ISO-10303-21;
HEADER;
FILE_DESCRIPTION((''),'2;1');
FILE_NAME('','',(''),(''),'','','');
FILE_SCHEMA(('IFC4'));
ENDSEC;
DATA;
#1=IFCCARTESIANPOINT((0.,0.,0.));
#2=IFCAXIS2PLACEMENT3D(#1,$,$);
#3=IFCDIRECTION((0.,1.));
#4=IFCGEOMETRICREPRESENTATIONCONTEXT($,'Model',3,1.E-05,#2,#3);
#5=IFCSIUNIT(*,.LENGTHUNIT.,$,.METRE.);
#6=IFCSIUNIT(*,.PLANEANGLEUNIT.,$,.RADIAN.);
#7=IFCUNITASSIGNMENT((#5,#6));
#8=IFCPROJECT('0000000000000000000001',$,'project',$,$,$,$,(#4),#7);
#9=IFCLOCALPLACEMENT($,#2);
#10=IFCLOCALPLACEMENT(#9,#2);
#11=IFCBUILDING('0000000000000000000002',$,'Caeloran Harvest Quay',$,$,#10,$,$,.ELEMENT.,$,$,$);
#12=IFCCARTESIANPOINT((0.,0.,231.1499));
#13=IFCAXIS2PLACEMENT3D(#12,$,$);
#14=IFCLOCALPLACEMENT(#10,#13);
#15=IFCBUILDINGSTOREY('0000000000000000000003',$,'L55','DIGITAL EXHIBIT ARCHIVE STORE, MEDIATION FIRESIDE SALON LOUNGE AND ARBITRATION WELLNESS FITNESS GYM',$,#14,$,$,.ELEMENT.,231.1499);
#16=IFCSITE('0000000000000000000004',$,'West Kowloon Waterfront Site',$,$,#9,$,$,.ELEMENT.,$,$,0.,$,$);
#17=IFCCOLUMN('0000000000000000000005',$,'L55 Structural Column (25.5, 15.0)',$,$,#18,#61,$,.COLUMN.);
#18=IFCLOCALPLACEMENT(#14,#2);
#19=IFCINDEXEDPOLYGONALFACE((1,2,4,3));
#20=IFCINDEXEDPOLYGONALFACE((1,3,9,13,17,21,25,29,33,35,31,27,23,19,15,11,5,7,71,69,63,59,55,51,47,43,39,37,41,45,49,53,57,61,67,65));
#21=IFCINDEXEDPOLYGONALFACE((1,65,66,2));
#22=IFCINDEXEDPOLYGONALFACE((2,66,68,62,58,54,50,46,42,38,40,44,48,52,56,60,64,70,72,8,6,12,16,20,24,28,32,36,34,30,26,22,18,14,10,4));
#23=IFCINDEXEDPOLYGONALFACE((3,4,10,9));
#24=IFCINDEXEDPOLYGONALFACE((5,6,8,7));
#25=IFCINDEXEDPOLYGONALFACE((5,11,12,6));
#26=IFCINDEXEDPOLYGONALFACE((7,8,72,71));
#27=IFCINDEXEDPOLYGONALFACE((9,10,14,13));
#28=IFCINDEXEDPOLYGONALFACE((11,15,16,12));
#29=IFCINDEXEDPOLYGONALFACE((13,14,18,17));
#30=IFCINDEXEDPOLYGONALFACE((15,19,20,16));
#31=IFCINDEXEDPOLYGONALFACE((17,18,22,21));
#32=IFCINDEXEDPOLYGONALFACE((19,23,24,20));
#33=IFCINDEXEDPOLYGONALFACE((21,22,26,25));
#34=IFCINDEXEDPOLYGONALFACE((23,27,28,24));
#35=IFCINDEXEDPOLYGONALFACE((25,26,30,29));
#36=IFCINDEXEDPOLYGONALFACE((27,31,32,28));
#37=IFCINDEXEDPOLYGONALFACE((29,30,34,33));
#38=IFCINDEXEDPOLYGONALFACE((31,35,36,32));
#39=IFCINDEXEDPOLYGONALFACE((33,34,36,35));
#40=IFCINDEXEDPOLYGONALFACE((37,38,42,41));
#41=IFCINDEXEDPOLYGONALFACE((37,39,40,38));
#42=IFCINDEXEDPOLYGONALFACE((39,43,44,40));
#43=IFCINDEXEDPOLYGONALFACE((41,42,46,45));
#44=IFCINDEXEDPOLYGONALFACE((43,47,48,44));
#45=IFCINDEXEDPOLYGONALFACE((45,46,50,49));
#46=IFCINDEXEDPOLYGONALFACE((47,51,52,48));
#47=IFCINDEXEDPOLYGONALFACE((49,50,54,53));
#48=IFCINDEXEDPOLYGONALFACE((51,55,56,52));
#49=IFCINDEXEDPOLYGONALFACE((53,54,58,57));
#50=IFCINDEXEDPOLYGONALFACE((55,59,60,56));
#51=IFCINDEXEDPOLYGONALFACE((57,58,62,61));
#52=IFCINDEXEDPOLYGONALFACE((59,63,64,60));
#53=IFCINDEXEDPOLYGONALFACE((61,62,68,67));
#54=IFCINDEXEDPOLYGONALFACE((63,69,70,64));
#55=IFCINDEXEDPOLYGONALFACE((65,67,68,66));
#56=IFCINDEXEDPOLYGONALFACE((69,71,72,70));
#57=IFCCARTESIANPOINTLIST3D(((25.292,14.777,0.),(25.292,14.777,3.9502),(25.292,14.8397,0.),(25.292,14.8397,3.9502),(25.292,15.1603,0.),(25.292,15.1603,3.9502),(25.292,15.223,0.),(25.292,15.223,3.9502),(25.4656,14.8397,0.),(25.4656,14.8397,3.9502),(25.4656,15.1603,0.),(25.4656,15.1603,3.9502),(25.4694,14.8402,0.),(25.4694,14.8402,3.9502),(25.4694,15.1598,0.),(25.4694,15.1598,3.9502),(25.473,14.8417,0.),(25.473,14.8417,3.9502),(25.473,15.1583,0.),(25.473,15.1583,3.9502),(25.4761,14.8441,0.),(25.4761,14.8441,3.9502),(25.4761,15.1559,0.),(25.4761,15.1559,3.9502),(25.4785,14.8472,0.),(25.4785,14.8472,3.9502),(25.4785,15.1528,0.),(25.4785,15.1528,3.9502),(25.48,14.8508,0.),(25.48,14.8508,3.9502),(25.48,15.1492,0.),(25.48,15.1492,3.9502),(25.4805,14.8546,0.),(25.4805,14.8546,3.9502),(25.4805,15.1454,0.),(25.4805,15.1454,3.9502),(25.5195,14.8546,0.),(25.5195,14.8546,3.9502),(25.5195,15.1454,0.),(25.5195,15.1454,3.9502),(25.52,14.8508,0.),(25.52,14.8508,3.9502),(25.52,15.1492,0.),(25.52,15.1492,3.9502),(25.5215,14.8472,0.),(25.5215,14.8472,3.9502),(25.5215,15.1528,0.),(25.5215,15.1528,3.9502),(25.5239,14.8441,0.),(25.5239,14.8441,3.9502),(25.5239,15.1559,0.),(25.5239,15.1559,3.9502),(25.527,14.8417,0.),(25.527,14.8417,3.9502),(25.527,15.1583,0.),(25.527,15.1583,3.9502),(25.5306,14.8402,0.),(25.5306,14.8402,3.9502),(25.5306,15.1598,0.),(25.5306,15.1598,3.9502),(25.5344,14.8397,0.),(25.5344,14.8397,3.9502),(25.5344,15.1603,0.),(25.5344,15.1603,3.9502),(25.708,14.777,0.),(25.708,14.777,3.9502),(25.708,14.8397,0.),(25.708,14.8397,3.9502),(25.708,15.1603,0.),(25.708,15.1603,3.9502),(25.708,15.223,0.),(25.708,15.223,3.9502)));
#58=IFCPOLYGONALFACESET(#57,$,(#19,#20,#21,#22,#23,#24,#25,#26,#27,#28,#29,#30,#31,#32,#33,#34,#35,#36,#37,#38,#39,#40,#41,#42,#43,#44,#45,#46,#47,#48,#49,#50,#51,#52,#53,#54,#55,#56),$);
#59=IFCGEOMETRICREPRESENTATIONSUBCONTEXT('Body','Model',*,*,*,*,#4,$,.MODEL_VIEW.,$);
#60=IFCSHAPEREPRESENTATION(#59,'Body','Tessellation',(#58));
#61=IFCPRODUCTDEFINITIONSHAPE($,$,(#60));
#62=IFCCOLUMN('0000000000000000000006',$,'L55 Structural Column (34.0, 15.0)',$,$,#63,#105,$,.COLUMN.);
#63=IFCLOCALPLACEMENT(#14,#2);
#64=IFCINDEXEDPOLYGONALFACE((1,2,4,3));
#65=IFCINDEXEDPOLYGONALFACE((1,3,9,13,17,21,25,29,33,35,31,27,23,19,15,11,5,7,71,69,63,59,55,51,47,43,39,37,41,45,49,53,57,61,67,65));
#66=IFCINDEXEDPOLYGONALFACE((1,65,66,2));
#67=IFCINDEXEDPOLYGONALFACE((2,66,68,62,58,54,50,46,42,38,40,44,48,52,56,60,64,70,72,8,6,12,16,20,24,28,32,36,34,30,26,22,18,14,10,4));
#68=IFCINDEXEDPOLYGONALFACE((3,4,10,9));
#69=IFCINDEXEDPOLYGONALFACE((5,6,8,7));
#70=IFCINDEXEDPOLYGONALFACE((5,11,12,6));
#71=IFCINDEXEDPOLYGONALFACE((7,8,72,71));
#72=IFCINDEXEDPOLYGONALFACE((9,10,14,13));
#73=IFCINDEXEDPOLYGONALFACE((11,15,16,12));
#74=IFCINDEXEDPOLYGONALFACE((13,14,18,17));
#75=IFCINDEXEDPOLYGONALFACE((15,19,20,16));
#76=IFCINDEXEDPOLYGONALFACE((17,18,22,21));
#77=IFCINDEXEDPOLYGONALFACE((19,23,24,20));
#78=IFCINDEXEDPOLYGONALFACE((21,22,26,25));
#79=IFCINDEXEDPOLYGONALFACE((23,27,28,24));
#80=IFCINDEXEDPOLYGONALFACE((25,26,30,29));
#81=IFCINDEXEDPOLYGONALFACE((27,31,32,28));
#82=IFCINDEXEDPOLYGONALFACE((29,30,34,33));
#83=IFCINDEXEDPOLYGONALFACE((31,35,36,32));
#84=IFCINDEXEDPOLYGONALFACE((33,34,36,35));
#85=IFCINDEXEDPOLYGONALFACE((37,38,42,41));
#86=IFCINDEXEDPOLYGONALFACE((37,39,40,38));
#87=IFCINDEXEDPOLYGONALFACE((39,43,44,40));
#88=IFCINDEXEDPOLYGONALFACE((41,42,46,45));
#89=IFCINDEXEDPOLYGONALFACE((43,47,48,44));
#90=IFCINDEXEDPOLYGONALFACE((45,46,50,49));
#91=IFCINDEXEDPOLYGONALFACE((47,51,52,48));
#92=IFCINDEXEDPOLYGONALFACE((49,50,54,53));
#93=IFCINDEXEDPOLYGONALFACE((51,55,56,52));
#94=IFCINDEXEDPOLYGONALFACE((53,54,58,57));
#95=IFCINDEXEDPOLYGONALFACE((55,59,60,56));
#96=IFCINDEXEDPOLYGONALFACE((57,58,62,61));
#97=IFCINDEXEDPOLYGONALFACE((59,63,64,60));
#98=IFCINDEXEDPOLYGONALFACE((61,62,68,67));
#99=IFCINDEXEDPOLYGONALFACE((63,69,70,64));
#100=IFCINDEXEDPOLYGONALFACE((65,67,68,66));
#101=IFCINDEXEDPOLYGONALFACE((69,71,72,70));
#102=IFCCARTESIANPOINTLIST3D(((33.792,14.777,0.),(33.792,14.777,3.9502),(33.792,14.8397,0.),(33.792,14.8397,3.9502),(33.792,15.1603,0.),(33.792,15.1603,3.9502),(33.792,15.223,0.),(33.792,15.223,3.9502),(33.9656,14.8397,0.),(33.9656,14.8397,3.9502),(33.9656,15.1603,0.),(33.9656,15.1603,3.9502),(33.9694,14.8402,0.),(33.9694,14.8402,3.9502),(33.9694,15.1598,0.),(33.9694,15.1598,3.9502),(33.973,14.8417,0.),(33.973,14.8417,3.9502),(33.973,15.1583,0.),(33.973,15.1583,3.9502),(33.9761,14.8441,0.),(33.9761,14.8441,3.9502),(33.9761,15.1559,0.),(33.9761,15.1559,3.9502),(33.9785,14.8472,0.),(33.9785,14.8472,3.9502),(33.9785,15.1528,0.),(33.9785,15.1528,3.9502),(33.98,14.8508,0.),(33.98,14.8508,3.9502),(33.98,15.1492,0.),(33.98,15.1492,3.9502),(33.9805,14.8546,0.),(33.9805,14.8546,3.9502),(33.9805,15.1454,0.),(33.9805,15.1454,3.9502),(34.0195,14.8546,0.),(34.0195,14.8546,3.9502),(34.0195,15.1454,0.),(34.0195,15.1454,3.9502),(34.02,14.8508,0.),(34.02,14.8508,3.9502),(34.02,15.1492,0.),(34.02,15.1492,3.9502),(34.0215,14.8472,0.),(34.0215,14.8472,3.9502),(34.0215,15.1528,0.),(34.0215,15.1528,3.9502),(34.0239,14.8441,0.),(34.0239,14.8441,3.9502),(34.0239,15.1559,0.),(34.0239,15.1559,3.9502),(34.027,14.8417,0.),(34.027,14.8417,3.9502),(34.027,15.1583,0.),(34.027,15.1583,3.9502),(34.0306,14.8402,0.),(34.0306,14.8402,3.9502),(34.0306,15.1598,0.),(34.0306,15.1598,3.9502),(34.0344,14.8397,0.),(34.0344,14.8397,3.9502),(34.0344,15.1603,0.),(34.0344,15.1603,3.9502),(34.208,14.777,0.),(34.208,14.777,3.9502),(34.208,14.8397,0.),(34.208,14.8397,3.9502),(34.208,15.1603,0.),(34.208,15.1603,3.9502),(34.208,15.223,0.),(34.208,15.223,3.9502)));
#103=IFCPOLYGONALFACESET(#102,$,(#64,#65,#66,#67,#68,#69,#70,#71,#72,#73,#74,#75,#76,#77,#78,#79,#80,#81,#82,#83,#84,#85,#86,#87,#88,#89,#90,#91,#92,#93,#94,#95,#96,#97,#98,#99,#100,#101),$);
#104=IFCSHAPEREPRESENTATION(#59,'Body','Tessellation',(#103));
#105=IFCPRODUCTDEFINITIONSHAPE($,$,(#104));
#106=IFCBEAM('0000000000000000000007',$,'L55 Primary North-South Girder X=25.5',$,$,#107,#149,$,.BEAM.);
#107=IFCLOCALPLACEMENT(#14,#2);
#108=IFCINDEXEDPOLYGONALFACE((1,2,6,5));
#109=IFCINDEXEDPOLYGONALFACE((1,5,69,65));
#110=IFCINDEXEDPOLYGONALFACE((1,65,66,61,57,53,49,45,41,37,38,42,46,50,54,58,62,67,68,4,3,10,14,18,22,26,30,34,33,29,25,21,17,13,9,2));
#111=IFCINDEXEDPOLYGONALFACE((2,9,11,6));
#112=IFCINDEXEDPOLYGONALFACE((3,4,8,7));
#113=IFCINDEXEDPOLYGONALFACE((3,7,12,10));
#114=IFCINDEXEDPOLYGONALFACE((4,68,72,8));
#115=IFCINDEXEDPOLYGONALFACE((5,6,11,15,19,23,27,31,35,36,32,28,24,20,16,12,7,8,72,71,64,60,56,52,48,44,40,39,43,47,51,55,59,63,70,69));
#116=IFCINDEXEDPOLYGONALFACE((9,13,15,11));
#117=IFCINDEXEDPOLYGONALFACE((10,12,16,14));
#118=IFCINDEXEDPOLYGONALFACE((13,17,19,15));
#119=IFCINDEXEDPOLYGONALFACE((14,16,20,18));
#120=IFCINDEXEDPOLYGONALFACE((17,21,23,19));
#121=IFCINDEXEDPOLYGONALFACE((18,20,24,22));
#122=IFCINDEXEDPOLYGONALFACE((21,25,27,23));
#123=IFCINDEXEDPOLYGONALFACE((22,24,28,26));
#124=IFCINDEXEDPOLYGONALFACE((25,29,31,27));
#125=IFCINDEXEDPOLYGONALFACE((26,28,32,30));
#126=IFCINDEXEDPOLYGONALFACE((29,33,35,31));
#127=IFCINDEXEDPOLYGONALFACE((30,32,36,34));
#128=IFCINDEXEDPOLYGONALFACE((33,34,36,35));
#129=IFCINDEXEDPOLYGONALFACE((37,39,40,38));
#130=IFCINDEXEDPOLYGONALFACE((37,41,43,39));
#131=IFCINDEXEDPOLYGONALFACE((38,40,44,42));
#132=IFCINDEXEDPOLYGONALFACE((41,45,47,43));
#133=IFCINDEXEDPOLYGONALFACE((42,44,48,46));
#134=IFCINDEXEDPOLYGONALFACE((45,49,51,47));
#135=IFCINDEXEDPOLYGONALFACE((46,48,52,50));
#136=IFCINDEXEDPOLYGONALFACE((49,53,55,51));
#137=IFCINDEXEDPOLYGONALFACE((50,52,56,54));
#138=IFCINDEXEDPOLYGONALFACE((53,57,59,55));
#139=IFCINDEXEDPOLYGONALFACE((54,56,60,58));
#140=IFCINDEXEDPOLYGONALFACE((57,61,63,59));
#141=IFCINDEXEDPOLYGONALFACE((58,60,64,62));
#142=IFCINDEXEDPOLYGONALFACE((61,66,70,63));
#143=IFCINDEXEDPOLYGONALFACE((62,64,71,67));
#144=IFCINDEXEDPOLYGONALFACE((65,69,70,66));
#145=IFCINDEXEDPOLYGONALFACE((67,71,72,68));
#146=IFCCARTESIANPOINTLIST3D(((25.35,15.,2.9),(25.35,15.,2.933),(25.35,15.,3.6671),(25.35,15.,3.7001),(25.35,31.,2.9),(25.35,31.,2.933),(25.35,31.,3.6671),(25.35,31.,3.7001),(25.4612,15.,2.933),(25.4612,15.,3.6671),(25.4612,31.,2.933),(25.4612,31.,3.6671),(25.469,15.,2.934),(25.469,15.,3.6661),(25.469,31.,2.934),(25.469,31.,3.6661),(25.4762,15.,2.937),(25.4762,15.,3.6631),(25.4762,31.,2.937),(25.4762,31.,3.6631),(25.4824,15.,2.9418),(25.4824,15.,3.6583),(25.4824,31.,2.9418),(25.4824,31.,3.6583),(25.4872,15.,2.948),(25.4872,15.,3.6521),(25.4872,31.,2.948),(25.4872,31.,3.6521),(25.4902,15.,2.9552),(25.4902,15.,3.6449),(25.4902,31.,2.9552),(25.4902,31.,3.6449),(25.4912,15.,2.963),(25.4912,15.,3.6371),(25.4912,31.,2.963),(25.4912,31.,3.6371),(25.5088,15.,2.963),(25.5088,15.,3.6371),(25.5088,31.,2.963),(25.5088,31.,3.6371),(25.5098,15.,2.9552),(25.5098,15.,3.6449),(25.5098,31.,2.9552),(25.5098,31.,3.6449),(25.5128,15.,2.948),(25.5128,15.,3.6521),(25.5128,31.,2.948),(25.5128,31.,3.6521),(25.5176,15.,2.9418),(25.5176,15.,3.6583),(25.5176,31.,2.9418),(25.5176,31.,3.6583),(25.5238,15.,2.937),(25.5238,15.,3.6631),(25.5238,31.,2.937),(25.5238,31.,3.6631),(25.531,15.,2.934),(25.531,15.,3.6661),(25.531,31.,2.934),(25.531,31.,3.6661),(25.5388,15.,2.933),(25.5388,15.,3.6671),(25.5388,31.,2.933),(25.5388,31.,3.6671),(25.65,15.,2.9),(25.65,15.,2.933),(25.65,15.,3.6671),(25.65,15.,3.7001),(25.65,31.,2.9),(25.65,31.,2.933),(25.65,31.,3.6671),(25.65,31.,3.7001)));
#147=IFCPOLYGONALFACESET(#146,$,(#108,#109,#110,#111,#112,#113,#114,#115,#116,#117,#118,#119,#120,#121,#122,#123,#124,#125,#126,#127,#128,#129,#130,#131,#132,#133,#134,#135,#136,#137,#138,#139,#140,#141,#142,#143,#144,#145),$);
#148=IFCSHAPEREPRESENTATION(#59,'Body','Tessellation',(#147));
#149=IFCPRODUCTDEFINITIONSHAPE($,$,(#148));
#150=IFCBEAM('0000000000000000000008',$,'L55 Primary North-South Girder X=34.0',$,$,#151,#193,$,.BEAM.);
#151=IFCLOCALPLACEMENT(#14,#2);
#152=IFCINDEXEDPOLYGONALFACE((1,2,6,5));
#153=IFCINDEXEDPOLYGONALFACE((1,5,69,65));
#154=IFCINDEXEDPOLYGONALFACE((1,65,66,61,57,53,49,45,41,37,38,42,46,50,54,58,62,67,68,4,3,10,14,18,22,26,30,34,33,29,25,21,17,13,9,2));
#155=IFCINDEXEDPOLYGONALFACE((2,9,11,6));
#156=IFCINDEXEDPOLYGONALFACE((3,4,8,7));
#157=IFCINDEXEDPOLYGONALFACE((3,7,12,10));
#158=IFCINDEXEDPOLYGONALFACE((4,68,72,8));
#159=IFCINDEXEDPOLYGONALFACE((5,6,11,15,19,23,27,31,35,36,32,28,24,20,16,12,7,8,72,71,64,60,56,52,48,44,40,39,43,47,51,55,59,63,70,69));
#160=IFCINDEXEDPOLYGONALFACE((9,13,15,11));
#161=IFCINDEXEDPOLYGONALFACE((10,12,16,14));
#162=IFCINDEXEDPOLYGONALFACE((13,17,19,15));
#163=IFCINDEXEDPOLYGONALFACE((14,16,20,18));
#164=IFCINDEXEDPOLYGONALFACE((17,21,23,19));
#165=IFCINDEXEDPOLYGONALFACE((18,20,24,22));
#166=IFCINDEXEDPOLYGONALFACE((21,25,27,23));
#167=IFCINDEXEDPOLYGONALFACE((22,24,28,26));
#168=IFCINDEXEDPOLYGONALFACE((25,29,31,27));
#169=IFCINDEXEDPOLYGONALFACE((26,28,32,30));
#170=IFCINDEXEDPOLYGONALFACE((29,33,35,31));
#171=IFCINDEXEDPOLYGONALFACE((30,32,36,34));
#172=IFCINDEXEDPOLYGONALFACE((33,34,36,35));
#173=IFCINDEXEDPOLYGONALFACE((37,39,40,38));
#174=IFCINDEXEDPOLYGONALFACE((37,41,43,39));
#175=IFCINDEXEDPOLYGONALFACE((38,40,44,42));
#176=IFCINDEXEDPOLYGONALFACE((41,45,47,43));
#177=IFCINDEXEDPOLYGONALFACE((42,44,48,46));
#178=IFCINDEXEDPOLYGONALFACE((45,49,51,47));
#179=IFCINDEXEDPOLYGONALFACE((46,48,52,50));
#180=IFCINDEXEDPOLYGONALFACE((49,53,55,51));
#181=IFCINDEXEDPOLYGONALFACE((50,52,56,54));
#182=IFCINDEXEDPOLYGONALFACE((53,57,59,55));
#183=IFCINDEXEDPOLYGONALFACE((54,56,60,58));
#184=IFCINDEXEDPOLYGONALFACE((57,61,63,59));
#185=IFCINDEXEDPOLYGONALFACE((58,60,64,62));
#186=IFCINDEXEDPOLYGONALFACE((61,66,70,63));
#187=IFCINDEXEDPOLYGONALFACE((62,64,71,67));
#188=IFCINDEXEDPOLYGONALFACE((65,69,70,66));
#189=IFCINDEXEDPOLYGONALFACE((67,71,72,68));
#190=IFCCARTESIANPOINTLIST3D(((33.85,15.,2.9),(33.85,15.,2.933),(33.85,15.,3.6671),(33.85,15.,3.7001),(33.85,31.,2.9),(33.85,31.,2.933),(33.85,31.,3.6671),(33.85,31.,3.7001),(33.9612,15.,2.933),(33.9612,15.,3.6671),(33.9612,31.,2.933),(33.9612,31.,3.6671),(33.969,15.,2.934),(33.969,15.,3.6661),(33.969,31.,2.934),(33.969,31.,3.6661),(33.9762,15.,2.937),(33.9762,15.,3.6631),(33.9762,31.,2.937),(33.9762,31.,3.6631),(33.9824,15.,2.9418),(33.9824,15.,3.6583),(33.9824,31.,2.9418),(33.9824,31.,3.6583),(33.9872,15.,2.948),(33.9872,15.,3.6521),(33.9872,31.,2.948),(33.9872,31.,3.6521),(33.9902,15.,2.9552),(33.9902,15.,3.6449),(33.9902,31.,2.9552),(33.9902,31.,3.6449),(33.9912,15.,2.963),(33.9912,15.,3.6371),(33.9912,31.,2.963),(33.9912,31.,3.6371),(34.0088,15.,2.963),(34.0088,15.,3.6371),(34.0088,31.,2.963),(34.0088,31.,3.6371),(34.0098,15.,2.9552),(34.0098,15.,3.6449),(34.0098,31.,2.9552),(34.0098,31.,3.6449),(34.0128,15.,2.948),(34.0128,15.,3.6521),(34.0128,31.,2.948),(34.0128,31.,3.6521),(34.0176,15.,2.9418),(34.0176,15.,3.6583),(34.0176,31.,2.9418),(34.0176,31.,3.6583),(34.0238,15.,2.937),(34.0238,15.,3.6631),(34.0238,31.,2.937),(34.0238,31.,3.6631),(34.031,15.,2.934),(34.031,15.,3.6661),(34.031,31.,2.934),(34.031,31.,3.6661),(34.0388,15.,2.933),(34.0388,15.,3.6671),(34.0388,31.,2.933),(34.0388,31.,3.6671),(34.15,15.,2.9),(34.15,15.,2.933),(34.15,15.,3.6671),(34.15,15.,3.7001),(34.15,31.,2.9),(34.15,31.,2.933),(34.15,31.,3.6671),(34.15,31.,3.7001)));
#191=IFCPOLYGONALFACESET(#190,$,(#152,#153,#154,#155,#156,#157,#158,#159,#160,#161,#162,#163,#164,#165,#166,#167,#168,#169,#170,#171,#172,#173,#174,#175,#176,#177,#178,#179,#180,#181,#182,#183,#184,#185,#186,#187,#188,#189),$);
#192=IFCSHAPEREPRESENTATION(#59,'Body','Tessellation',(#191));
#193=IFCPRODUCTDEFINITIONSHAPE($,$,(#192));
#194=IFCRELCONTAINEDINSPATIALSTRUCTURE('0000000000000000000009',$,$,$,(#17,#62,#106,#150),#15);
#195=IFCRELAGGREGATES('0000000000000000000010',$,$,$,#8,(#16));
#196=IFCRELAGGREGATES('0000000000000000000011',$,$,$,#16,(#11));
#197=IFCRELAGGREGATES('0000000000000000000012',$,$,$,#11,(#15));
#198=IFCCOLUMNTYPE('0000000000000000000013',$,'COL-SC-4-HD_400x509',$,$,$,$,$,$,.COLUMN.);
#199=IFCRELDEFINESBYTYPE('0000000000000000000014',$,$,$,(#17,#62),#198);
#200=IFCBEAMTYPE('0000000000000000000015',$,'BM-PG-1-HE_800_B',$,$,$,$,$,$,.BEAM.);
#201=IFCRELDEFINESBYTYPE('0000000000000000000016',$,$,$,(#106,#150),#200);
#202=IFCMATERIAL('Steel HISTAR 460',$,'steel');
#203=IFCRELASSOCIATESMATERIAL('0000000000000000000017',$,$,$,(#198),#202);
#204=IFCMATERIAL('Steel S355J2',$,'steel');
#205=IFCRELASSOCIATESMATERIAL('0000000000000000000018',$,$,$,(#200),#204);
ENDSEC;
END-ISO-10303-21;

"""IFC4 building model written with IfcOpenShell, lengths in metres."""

from ifc_helpers import new_model, si_unit, direction, frame, origin, origin_2d, place, context, subcontext, project, spatial, i_section, extrude, material, material_profile, profile_set, type_object, element, save


model = new_model("IFC4")

# Units and contexts
model_context = context("Model", 3, precision=1e-05, world=origin(), true_north=direction((0.0, 1.0)))
body_context = subcontext(model_context, "Body", "Model", "MODEL_VIEW")
ifc_project = project(units=[si_unit("LENGTHUNIT", "METRE"), si_unit("PLANEANGLEUNIT", "RADIAN")], contexts=[model_context])

# Site, building, storey
site_placement = place(None, origin())
site = spatial("IfcSite", under=ifc_project, at=site_placement, Name="West Kowloon Waterfront Site", CompositionType="ELEMENT", RefElevation=0.0)
building_placement = place(site_placement, origin())
building = spatial("IfcBuilding", under=site, at=building_placement, Name="Caeloran Harvest Quay", CompositionType="ELEMENT")
storey_placement = place(building_placement, frame((0.0, 0.0, 231.1499)))
storey = spatial("IfcBuildingStorey", under=building, at=storey_placement, Name="L55", Description="DIGITAL EXHIBIT ARCHIVE STORE, MEDIATION FIRESIDE SALON LOUNGE AND ARBITRATION WELLNESS FITNESS GYM", CompositionType="ELEMENT", Elevation=231.1499)

# Columns
ifc_material_1 = material(Name="Steel HISTAR 460", Category="steel")
ifc_material_profile_1 = material_profile(ifc_material_1, i_section(OverallWidth=0.416, OverallDepth=0.446, WebThickness=0.0391, FlangeThickness=0.0627, FilletRadius=0.0149, at=origin_2d()), Name="HD 400x509")
ifc_profile_set_1 = profile_set([ifc_material_profile_1], Name="Steel HISTAR 460")
column_type = type_object("IfcColumnType", Name="COL-SC-4-HD_400x509", PredefinedType="COLUMN", material=ifc_profile_set_1)
for number, where, z_axis, x_axis, name in (
    (1, (25.5, 15.0, 0.0), (0.0, 0.0, 1.0), (1.0, 0.0, 0.0), "L55 Structural Column (25.5, 15.0)"),
    (2, (34.0, 15.0, 0.0), (0.0, 0.0, 1.0), (1.0, 0.0, 0.0), "L55 Structural Column (34.0, 15.0)"),
):
    element("IfcColumn", number, at=place(storey_placement, frame(where, z_axis=z_axis, x_axis=x_axis)), inside=storey, type_object=column_type, Name=name, PredefinedType="COLUMN", context=body_context, shape_type="SweptSolid", body=[
        extrude(i_section(OverallWidth=0.416, OverallDepth=0.446, WebThickness=0.0391, FlangeThickness=0.0627, FilletRadius=0.0149, at=origin_2d()), origin(), (0.0, 0.0, 1.0), 3.9502),
    ])

# Beams
ifc_material_2 = material(Name="Steel S355J2", Category="steel")
ifc_material_profile_2 = material_profile(ifc_material_2, i_section(OverallWidth=0.3, OverallDepth=0.8, WebThickness=0.0176, FlangeThickness=0.033, FilletRadius=0.03, at=origin_2d()), Name="HE 800 B")
ifc_profile_set_2 = profile_set([ifc_material_profile_2], Name="Steel S355J2")
beam_type_1 = type_object("IfcBeamType", Name="BM-PG-1-HE_800_B", PredefinedType="BEAM", material=ifc_profile_set_2)
for number, where, z_axis, x_axis, name in (
    (3, (25.5, 15.0, 3.3), (0.0, 1.0, 0.0), (-1.0, 0.0, 0.0), "L55 Primary North-South Girder X=25.5"),
    (4, (34.0, 15.0, 3.3), (0.0, 1.0, 0.0), (-1.0, 0.0, 0.0), "L55 Primary North-South Girder X=34.0"),
):
    element("IfcBeam", number, at=place(storey_placement, frame(where, z_axis=z_axis, x_axis=x_axis)), inside=storey, type_object=beam_type_1, Name=name, PredefinedType="BEAM", context=body_context, shape_type="SweptSolid", body=[
        extrude(i_section(OverallWidth=0.3, OverallDepth=0.8, WebThickness=0.0176, FlangeThickness=0.033, FilletRadius=0.03, at=origin_2d()), origin(), (0.0, 0.0, 1.0), 16.0),
    ])

save(model, "model.ifc")
